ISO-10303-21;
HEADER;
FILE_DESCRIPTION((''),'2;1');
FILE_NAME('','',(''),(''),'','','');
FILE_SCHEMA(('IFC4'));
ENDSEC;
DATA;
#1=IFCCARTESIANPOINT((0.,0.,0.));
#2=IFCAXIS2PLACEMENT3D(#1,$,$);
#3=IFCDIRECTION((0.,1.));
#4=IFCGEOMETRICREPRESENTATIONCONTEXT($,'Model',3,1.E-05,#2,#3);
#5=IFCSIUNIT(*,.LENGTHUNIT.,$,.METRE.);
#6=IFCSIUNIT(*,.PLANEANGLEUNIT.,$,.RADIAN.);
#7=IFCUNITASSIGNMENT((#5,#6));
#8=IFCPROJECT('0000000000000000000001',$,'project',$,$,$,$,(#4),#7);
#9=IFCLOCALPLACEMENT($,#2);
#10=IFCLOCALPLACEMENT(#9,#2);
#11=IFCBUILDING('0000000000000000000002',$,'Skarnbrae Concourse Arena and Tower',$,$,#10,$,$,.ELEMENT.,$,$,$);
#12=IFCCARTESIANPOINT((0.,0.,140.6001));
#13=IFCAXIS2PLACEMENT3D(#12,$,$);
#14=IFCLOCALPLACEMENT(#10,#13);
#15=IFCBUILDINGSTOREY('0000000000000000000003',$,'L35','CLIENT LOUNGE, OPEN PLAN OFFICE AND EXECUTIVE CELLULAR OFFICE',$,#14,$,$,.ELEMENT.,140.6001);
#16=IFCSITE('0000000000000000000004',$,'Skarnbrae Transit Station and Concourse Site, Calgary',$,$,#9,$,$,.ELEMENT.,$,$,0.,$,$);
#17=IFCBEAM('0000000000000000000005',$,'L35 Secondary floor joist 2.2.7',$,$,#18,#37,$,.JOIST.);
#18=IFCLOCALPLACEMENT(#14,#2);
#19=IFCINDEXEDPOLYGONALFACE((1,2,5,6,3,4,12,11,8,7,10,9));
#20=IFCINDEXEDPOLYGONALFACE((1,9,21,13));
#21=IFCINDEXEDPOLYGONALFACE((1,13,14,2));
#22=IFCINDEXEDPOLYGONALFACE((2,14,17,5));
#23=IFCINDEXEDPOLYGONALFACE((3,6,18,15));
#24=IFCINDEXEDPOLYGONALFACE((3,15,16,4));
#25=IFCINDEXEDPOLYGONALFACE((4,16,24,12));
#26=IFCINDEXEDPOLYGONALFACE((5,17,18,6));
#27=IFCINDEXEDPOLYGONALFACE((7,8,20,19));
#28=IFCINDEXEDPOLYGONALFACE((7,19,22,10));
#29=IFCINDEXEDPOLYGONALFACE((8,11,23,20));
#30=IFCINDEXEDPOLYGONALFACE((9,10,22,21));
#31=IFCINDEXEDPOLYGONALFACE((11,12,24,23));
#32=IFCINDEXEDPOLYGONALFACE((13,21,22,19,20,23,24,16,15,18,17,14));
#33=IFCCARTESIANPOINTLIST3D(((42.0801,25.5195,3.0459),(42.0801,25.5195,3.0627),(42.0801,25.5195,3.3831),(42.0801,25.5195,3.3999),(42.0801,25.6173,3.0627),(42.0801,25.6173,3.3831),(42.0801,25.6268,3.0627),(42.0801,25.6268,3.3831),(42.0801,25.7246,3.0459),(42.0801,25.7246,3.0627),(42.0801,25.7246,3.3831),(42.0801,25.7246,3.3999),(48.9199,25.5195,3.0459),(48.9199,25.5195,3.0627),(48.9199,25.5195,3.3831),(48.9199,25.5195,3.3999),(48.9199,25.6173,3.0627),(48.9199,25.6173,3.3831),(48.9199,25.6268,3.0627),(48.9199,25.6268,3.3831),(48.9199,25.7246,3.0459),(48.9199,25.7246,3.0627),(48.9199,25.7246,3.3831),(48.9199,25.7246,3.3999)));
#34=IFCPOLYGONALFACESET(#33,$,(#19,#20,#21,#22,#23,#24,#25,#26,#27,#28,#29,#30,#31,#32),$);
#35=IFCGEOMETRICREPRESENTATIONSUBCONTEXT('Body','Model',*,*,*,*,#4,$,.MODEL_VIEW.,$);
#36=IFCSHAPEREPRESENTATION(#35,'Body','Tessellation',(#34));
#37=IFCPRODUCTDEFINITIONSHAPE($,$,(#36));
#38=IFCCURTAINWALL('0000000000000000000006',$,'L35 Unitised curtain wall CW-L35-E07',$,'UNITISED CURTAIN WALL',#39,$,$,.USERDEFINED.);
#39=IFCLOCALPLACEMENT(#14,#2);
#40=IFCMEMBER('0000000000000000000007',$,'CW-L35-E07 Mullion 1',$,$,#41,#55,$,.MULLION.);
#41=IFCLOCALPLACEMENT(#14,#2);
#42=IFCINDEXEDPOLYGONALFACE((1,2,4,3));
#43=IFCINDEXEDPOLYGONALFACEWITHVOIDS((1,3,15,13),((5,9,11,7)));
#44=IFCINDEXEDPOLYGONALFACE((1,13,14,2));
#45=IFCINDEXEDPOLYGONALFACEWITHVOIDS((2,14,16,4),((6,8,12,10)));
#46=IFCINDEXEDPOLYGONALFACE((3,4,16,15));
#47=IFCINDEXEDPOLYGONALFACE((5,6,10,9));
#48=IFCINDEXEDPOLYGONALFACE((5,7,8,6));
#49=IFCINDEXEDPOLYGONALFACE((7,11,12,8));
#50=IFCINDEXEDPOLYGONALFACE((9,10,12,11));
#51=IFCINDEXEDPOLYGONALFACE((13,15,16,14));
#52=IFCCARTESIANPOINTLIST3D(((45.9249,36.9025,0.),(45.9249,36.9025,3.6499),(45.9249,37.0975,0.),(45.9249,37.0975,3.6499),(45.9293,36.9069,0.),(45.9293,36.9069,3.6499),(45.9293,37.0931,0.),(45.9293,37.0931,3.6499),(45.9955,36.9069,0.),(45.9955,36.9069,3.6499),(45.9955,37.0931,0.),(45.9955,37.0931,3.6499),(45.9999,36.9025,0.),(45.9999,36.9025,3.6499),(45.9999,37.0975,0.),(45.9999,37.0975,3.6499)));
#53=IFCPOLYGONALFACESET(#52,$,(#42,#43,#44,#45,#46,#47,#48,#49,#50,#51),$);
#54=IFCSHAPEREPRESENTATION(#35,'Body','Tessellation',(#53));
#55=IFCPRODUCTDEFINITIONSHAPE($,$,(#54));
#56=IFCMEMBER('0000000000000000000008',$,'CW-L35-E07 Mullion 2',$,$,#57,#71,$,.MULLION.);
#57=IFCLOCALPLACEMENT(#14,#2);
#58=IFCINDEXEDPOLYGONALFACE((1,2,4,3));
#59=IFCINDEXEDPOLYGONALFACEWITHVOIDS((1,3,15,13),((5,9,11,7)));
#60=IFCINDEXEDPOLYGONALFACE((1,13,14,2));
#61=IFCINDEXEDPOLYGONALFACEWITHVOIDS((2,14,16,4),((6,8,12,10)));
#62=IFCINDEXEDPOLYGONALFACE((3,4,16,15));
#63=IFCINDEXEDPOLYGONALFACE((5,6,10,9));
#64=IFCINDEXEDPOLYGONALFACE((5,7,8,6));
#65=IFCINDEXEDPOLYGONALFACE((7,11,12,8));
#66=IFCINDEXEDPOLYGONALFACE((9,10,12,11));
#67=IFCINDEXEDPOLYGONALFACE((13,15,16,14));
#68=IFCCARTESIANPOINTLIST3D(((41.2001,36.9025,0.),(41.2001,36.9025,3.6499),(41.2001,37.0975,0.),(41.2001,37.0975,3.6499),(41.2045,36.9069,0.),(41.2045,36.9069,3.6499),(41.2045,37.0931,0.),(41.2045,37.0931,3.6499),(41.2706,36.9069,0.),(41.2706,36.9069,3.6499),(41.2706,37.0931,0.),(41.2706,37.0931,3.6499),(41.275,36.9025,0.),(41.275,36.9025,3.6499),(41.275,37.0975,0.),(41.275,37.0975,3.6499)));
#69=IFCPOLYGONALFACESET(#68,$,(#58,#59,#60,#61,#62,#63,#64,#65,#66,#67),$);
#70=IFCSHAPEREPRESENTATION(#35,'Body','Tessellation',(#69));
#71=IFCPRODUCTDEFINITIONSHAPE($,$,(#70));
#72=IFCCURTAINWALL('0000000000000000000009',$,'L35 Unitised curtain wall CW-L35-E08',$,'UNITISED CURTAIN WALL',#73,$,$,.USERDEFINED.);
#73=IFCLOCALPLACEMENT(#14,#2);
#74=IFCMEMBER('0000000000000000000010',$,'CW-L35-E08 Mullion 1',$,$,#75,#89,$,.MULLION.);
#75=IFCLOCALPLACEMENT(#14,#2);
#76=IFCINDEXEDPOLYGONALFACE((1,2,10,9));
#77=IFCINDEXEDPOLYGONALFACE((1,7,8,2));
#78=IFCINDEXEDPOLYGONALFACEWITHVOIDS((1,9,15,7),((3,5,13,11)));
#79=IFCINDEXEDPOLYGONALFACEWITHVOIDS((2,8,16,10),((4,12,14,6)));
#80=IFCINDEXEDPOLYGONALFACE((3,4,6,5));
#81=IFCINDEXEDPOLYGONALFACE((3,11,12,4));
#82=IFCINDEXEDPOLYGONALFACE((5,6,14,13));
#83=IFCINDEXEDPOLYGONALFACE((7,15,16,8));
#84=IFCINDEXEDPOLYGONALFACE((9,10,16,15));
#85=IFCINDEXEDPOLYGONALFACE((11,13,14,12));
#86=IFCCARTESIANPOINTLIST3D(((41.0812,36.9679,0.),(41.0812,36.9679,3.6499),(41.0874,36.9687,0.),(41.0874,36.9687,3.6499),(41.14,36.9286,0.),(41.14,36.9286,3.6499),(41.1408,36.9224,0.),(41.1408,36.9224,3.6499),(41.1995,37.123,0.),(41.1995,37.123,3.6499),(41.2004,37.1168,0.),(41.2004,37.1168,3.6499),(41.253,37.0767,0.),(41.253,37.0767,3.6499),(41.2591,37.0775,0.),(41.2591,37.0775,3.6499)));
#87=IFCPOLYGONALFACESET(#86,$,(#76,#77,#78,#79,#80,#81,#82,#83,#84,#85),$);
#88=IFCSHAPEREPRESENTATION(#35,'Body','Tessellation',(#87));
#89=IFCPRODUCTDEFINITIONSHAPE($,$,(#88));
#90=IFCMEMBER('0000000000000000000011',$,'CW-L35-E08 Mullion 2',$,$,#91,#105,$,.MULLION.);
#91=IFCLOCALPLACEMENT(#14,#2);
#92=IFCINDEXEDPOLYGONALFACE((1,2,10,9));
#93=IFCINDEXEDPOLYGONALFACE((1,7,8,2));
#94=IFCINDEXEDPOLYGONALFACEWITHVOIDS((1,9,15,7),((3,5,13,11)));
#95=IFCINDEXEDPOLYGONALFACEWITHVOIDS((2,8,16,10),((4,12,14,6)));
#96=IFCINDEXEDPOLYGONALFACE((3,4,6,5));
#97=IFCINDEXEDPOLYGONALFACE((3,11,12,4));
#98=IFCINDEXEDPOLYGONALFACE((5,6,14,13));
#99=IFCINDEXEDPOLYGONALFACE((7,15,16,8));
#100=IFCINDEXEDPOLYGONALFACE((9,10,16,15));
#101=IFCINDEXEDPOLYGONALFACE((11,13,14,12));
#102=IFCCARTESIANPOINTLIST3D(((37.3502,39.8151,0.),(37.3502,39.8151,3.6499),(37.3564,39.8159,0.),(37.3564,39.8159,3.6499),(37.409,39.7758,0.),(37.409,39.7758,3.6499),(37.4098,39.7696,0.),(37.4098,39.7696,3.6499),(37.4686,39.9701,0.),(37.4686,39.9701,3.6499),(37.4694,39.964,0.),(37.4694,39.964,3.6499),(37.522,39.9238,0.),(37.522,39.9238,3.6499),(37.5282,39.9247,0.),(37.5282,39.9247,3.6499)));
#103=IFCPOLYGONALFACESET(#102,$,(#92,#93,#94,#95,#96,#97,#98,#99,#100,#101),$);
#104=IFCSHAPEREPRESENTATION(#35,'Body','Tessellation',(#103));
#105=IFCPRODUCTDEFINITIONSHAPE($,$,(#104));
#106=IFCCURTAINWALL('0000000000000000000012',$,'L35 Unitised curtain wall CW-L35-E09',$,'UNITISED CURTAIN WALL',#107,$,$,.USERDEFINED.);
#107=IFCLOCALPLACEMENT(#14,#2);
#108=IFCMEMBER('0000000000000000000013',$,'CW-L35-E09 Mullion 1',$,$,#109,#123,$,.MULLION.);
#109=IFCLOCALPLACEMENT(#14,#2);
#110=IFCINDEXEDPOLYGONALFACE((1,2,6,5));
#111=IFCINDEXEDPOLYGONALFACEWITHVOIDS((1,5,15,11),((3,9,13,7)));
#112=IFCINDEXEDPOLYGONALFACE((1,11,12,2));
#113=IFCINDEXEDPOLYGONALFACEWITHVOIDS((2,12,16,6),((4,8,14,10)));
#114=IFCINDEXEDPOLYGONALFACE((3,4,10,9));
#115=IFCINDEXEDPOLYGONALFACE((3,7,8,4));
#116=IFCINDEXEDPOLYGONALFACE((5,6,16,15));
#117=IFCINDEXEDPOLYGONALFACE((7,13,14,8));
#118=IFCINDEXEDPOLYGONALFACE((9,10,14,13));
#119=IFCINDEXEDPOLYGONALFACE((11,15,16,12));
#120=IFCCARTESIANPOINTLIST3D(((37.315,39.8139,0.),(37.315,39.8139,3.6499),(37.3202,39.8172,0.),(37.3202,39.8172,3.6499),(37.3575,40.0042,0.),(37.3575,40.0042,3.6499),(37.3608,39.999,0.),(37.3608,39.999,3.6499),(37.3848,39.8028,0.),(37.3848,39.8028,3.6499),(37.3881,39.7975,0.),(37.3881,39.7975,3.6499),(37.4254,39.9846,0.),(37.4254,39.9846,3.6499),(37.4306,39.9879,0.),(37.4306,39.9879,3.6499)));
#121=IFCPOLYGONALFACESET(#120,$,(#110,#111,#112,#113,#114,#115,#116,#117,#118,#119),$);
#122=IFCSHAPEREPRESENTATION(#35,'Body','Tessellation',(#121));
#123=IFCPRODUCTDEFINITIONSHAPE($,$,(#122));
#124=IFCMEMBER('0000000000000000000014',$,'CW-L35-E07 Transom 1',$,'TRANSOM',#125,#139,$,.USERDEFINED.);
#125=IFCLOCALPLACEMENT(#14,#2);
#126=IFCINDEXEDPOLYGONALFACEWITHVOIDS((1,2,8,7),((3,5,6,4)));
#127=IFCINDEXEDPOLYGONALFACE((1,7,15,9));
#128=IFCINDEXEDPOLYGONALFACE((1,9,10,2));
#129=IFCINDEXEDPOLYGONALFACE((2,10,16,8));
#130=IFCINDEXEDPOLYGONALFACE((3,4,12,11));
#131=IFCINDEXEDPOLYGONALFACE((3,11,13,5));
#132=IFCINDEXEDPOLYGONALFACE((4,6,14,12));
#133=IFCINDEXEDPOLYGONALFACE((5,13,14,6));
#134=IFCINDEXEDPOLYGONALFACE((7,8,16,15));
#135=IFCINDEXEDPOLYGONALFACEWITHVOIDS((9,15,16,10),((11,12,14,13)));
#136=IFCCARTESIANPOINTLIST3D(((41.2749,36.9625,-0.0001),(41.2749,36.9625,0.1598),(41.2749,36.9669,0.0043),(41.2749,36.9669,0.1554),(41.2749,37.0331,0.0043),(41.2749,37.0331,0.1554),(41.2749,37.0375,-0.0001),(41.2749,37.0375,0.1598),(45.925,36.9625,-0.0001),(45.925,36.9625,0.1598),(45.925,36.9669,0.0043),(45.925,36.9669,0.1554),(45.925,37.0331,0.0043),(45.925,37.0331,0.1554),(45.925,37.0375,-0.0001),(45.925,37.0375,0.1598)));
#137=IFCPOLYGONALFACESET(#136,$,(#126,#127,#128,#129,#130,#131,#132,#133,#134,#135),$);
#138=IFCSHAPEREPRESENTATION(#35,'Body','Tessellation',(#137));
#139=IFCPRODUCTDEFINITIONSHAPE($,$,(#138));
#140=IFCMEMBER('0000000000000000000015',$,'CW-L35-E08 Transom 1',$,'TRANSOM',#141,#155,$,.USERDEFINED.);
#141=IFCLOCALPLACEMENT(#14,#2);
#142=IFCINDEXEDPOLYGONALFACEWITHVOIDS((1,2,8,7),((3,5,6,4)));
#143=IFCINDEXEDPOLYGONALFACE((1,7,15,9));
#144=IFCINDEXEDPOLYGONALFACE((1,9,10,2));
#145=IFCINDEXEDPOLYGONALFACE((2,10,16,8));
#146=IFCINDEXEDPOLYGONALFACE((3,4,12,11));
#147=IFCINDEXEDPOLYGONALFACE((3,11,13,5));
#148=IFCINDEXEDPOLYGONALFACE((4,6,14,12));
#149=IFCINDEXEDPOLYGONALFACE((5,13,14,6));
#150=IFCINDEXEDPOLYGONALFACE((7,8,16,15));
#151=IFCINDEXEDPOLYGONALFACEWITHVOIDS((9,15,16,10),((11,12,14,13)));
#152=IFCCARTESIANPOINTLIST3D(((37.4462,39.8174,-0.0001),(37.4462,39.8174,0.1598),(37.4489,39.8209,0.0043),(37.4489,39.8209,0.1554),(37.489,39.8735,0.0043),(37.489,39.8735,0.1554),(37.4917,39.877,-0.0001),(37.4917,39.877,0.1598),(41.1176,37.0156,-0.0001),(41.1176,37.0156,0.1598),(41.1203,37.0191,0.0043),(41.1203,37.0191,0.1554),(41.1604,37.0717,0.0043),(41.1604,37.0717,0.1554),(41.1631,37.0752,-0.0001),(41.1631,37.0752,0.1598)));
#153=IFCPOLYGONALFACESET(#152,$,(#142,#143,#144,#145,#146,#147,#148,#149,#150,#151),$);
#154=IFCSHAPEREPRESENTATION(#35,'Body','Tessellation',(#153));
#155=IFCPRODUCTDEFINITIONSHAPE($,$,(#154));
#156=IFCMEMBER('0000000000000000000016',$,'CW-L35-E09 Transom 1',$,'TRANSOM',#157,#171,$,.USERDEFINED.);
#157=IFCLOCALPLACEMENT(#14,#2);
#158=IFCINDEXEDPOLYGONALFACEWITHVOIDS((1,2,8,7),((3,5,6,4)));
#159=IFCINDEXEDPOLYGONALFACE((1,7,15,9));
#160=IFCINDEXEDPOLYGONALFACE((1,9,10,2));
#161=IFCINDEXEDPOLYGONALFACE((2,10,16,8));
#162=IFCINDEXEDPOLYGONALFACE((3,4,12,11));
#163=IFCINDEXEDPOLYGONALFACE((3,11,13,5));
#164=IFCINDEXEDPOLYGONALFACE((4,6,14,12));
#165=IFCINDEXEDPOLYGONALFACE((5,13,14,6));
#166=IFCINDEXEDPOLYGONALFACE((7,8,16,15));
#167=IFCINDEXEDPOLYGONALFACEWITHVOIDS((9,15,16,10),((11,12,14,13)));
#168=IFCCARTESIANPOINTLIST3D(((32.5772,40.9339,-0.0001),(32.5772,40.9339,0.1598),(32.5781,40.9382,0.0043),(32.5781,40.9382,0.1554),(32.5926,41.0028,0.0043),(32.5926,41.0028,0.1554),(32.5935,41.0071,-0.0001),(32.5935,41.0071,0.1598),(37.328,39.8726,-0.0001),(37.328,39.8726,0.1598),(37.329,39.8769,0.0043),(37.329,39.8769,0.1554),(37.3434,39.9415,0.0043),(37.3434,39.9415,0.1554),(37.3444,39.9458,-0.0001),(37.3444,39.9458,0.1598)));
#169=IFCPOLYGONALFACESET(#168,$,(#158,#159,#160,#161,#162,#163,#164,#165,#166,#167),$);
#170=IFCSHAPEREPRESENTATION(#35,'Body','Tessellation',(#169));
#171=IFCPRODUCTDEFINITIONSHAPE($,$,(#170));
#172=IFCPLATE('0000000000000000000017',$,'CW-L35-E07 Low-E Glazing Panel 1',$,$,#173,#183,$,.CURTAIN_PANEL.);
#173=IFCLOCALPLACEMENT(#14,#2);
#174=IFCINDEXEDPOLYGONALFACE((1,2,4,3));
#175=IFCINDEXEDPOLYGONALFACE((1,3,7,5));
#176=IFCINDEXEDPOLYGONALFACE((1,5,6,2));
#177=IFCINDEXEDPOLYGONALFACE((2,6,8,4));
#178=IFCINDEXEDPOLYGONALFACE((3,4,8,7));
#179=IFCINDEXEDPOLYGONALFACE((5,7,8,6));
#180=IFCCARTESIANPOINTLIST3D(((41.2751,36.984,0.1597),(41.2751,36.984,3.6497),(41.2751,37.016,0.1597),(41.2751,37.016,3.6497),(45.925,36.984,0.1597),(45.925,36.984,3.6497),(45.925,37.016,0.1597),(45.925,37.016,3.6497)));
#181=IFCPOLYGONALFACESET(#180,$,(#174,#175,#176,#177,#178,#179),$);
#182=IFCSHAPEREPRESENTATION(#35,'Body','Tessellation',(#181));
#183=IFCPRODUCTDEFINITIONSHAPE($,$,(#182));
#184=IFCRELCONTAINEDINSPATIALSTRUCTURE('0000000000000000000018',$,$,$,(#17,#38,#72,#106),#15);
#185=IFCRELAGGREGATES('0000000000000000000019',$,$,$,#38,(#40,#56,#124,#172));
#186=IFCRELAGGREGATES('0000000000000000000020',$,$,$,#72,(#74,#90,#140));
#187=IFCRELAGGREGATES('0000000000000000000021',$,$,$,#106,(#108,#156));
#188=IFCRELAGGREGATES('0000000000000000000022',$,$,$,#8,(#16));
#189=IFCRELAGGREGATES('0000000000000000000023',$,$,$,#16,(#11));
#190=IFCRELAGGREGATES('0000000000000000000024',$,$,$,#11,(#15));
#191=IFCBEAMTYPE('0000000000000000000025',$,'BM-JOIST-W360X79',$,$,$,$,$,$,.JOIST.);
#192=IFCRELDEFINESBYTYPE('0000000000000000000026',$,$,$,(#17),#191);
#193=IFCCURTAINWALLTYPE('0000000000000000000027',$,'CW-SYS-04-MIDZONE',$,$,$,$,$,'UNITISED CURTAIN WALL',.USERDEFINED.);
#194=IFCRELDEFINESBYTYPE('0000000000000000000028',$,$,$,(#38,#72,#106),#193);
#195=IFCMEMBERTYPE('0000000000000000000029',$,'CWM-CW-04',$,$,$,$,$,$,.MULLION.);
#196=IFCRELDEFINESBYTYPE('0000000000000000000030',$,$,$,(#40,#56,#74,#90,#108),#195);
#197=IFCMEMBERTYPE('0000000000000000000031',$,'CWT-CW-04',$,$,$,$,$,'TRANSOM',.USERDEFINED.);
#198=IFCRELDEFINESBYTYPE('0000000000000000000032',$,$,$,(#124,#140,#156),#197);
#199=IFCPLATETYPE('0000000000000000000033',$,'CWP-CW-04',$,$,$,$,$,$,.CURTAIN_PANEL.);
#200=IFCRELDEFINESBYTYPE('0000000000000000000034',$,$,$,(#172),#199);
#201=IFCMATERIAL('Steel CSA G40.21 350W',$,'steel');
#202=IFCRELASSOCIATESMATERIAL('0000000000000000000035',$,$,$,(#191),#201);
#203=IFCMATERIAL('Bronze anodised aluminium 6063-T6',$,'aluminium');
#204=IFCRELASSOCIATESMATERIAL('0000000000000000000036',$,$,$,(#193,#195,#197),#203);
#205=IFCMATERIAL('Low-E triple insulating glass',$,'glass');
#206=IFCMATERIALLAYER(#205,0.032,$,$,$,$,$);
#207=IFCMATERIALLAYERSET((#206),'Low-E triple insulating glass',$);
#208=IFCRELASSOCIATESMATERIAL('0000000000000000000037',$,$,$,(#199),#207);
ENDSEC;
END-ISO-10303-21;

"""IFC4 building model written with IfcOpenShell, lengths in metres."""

from ifc_helpers import new_model, si_unit, direction, frame, origin, origin_2d, place, context, subcontext, project, spatial, rectangle, hollow_rectangle, i_section, extrude, source, transform, mapped, material, layer, layer_set, material_profile, profile_set, type_object, element, aggregate, save


model = new_model("IFC4")

# Units and contexts
model_context = context("Model", 3, precision=1e-05, world=origin(), true_north=direction((0.0, 1.0)))
body_context = subcontext(model_context, "Body", "Model", "MODEL_VIEW")
ifc_project = project(units=[si_unit("LENGTHUNIT", "METRE"), si_unit("PLANEANGLEUNIT", "RADIAN")], contexts=[model_context])

# Site, building, storey
site_placement = place(None, origin())
site = spatial("IfcSite", under=ifc_project, at=site_placement, Name="Skarnbrae Transit Station and Concourse Site, Calgary", CompositionType="ELEMENT", RefElevation=0.0)
building_placement = place(site_placement, origin())
building = spatial("IfcBuilding", under=site, at=building_placement, Name="Skarnbrae Concourse Arena and Tower", CompositionType="ELEMENT")
storey_placement = place(building_placement, frame((0.0, 0.0, 140.6001)))
storey = spatial("IfcBuildingStorey", under=building, at=storey_placement, Name="L35", Description="CLIENT LOUNGE, OPEN PLAN OFFICE AND EXECUTIVE CELLULAR OFFICE", CompositionType="ELEMENT", Elevation=140.6001)

# Shared definitions
ifc_material_1 = material(Name="Steel CSA G40.21 350W", Category="steel")

# Beam
ifc_material_profile_1 = material_profile(ifc_material_1, i_section(OverallWidth=0.2051, OverallDepth=0.354, WebThickness=0.0095, FlangeThickness=0.0168, at=origin_2d()), Name="W360X79")
ifc_profile_set_1 = profile_set([ifc_material_profile_1], Name="Steel CSA G40.21 350W")
beam_type_1 = type_object("IfcBeamType", Name="BM-JOIST-W360X79", PredefinedType="JOIST", material=ifc_profile_set_1)
shared_shape_1 = source(origin(), body_context, "Body", "SweptSolid", [
    extrude(i_section(OverallWidth=0.2051, OverallDepth=0.354, WebThickness=0.0095, FlangeThickness=0.0168, at=origin_2d()), origin(), (0.0, 0.0, 1.0), 6.8398),
])
for number, where, z_axis, x_axis, name in (
    (1, (42.0801, 25.6221, 3.2229), (1.0, 0.0, 0.0), (0.0, 1.0, 0.0), "L35 Secondary floor joist 2.2.7"),
):
    element("IfcBeam", number, at=place(storey_placement, frame(where, z_axis=z_axis, x_axis=x_axis)), inside=storey, type_object=beam_type_1, Name=name, PredefinedType="JOIST", context=body_context, shape_type="MappedRepresentation", body=[
        mapped(shared_shape_1, transform((0.0, 0.0, 0.0))),
    ])

# Curtain walls, members
ifc_material_2 = material(Name="Bronze anodised aluminium 6063-T6", Category="aluminium")
curtain_wall_type = type_object("IfcCurtainWallType", Name="CW-SYS-04-MIDZONE", ElementType="UNITISED CURTAIN WALL", PredefinedType="USERDEFINED", material=ifc_material_2)
curtain_wall_1_placement = place(storey_placement, origin())
curtain_wall_1 = element("IfcCurtainWall", 2, at=curtain_wall_1_placement, inside=storey, type_object=curtain_wall_type, Name="L35 Unitised curtain wall CW-L35-E07", ObjectType="UNITISED CURTAIN WALL", PredefinedType="USERDEFINED")
ifc_material_profile_2 = material_profile(ifc_material_2, hollow_rectangle(XDim=0.075, YDim=0.1951, WallThickness=0.0044, at=origin_2d()), Name="ALU-MULL-75X195")
ifc_profile_set_2 = profile_set([ifc_material_profile_2], Name="Bronze anodised aluminium 6063-T6")
member_type_1 = type_object("IfcMemberType", Name="CWM-CW-04", PredefinedType="MULLION", material=ifc_profile_set_2)
shared_shape_2 = source(origin(), body_context, "Body", "SweptSolid", [
    extrude(hollow_rectangle(XDim=0.075, YDim=0.1951, WallThickness=0.0044, at=origin_2d()), origin(), (0.0, 0.0, 1.0), 3.6499),
])
member_1_placement = place(storey_placement, frame((45.9624, 37.0, 0.0), z_axis=(0.0, 0.0, 1.0), x_axis=(-1.0, 0.0, 0.0)))
member_1 = element("IfcMember", 3, at=member_1_placement, type_object=member_type_1, Name="CW-L35-E07 Mullion 1", PredefinedType="MULLION", context=body_context, shape_type="MappedRepresentation", body=[
    mapped(shared_shape_2, transform((0.0, 0.0, 0.0))),
])
member_2_placement = place(storey_placement, frame((41.2375, 37.0, 0.0), z_axis=(0.0, 0.0, 1.0), x_axis=(-1.0, 0.0, 0.0)))
member_2 = element("IfcMember", 4, at=member_2_placement, type_object=member_type_1, Name="CW-L35-E07 Mullion 2", PredefinedType="MULLION", context=body_context, shape_type="MappedRepresentation", body=[
    mapped(shared_shape_2, transform((0.0, 0.0, 0.0))),
])
curtain_wall_2_placement = place(storey_placement, origin())
curtain_wall_2 = element("IfcCurtainWall", 5, at=curtain_wall_2_placement, inside=storey, type_object=curtain_wall_type, Name="L35 Unitised curtain wall CW-L35-E08", ObjectType="UNITISED CURTAIN WALL", PredefinedType="USERDEFINED")
member_3_placement = place(storey_placement, frame((41.1702, 37.0227, 0.0), z_axis=(0.0, 0.0, 1.0), x_axis=(-0.794956, 0.606667, 0.0)))
member_3 = element("IfcMember", 6, at=member_3_placement, type_object=member_type_1, Name="CW-L35-E08 Mullion 1", PredefinedType="MULLION", context=body_context, shape_type="MappedRepresentation", body=[
    mapped(shared_shape_2, transform((0.0, 0.0, 0.0))),
])
member_4_placement = place(storey_placement, frame((37.4392, 39.8699, 0.0), z_axis=(0.0, 0.0, 1.0), x_axis=(-0.794956, 0.606667, 0.0)))
member_4 = element("IfcMember", 7, at=member_4_placement, type_object=member_type_1, Name="CW-L35-E08 Mullion 2", PredefinedType="MULLION", context=body_context, shape_type="MappedRepresentation", body=[
    mapped(shared_shape_2, transform((0.0, 0.0, 0.0))),
])

# Curtain wall, member
curtain_wall_3_placement = place(storey_placement, origin())
curtain_wall_3 = element("IfcCurtainWall", 8, at=curtain_wall_3_placement, inside=storey, type_object=curtain_wall_type, Name="L35 Unitised curtain wall CW-L35-E09", ObjectType="UNITISED CURTAIN WALL", PredefinedType="USERDEFINED")
member_5_placement = place(storey_placement, frame((37.3728, 39.9009, 0.0), z_axis=(0.0, 0.0, 1.0), x_axis=(-0.975936, 0.218056, 0.0)))
member_5 = element("IfcMember", 9, at=member_5_placement, type_object=member_type_1, Name="CW-L35-E09 Mullion 1", PredefinedType="MULLION", context=body_context, shape_type="MappedRepresentation", body=[
    mapped(shared_shape_2, transform((0.0, 0.0, 0.0))),
])

# Members
ifc_material_profile_3 = material_profile(ifc_material_2, hollow_rectangle(XDim=0.075, YDim=0.1599, WallThickness=0.0044, at=origin_2d()), Name="ALU-TRAN-75X160")
ifc_profile_set_3 = profile_set([ifc_material_profile_3], Name="Bronze anodised aluminium 6063-T6")
member_type_2 = type_object("IfcMemberType", Name="CWT-CW-04", ElementType="TRANSOM", PredefinedType="USERDEFINED", material=ifc_profile_set_3)
shared_shape_3 = source(origin(), body_context, "Body", "SweptSolid", [
    extrude(hollow_rectangle(XDim=0.075, YDim=0.1599, WallThickness=0.0044, at=origin_2d()), origin(), (0.0, 0.0, 1.0), 4.6501),
])
member_6_placement = place(storey_placement, frame((45.925, 37.0, 0.0798), z_axis=(-1.0, 0.0, 0.0), x_axis=(0.0, -1.0, 0.0)))
member_6 = element("IfcMember", 10, at=member_6_placement, type_object=member_type_2, Name="CW-L35-E07 Transom 1", ObjectType="TRANSOM", PredefinedType="USERDEFINED", context=body_context, shape_type="MappedRepresentation", body=[
    mapped(shared_shape_3, transform((0.0, 0.0, 0.0))),
])
shared_shape_4 = source(origin(), body_context, "Body", "SweptSolid", [
    extrude(hollow_rectangle(XDim=0.075, YDim=0.1599, WallThickness=0.0044, at=origin_2d()), origin(), (0.0, 0.0, 1.0), 4.6184),
])
member_7_placement = place(storey_placement, frame((41.1404, 37.0454, 0.0798), z_axis=(-0.794961, 0.606661, 0.0), x_axis=(-0.606661, -0.794961, 0.0)))
member_7 = element("IfcMember", 11, at=member_7_placement, type_object=member_type_2, Name="CW-L35-E08 Transom 1", ObjectType="TRANSOM", PredefinedType="USERDEFINED", context=body_context, shape_type="MappedRepresentation", body=[
    mapped(shared_shape_4, transform((0.0, 0.0, 0.0))),
])
shared_shape_5 = source(origin(), body_context, "Body", "SweptSolid", [
    extrude(hollow_rectangle(XDim=0.075, YDim=0.1599, WallThickness=0.0044, at=origin_2d()), origin(), (0.0, 0.0, 1.0), 4.8679),
])
member_8_placement = place(storey_placement, frame((37.3362, 39.9092, 0.0798), z_axis=(-0.975945, 0.218019, 0.0), x_axis=(-0.218019, -0.975945, 0.0)))
member_8 = element("IfcMember", 12, at=member_8_placement, type_object=member_type_2, Name="CW-L35-E09 Transom 1", ObjectType="TRANSOM", PredefinedType="USERDEFINED", context=body_context, shape_type="MappedRepresentation", body=[
    mapped(shared_shape_5, transform((0.0, 0.0, 0.0))),
])

# Plate
ifc_material_3 = material(Name="Low-E triple insulating glass", Category="glass")
ifc_layer_1 = layer(ifc_material_3, 0.032)
ifc_layer_set_1 = layer_set([ifc_layer_1], Name="Low-E triple insulating glass")
plate_type = type_object("IfcPlateType", Name="CWP-CW-04", PredefinedType="CURTAIN_PANEL", material=ifc_layer_set_1)
shared_shape_6 = source(origin(), body_context, "Body", "SweptSolid", [
    extrude(rectangle(XDim=4.6499, YDim=0.032, at=origin_2d()), origin(), (0.0, 0.0, 1.0), 3.49),
])
plate_1_placement = place(storey_placement, frame((43.6001, 37.0, 0.1597), z_axis=(0.0, 0.0, 1.0), x_axis=(-1.0, 0.0, 0.0)))
plate_1 = element("IfcPlate", 13, at=plate_1_placement, type_object=plate_type, Name="CW-L35-E07 Low-E Glazing Panel 1", PredefinedType="CURTAIN_PANEL", context=body_context, shape_type="MappedRepresentation", body=[
    mapped(shared_shape_6, transform((0.0, 0.0, 0.0))),
])
aggregate(curtain_wall_1, [member_1, member_2, member_6, plate_1])
aggregate(curtain_wall_2, [member_3, member_4, member_7])
aggregate(curtain_wall_3, [member_5, member_8])

save(model, "model.ifc")
